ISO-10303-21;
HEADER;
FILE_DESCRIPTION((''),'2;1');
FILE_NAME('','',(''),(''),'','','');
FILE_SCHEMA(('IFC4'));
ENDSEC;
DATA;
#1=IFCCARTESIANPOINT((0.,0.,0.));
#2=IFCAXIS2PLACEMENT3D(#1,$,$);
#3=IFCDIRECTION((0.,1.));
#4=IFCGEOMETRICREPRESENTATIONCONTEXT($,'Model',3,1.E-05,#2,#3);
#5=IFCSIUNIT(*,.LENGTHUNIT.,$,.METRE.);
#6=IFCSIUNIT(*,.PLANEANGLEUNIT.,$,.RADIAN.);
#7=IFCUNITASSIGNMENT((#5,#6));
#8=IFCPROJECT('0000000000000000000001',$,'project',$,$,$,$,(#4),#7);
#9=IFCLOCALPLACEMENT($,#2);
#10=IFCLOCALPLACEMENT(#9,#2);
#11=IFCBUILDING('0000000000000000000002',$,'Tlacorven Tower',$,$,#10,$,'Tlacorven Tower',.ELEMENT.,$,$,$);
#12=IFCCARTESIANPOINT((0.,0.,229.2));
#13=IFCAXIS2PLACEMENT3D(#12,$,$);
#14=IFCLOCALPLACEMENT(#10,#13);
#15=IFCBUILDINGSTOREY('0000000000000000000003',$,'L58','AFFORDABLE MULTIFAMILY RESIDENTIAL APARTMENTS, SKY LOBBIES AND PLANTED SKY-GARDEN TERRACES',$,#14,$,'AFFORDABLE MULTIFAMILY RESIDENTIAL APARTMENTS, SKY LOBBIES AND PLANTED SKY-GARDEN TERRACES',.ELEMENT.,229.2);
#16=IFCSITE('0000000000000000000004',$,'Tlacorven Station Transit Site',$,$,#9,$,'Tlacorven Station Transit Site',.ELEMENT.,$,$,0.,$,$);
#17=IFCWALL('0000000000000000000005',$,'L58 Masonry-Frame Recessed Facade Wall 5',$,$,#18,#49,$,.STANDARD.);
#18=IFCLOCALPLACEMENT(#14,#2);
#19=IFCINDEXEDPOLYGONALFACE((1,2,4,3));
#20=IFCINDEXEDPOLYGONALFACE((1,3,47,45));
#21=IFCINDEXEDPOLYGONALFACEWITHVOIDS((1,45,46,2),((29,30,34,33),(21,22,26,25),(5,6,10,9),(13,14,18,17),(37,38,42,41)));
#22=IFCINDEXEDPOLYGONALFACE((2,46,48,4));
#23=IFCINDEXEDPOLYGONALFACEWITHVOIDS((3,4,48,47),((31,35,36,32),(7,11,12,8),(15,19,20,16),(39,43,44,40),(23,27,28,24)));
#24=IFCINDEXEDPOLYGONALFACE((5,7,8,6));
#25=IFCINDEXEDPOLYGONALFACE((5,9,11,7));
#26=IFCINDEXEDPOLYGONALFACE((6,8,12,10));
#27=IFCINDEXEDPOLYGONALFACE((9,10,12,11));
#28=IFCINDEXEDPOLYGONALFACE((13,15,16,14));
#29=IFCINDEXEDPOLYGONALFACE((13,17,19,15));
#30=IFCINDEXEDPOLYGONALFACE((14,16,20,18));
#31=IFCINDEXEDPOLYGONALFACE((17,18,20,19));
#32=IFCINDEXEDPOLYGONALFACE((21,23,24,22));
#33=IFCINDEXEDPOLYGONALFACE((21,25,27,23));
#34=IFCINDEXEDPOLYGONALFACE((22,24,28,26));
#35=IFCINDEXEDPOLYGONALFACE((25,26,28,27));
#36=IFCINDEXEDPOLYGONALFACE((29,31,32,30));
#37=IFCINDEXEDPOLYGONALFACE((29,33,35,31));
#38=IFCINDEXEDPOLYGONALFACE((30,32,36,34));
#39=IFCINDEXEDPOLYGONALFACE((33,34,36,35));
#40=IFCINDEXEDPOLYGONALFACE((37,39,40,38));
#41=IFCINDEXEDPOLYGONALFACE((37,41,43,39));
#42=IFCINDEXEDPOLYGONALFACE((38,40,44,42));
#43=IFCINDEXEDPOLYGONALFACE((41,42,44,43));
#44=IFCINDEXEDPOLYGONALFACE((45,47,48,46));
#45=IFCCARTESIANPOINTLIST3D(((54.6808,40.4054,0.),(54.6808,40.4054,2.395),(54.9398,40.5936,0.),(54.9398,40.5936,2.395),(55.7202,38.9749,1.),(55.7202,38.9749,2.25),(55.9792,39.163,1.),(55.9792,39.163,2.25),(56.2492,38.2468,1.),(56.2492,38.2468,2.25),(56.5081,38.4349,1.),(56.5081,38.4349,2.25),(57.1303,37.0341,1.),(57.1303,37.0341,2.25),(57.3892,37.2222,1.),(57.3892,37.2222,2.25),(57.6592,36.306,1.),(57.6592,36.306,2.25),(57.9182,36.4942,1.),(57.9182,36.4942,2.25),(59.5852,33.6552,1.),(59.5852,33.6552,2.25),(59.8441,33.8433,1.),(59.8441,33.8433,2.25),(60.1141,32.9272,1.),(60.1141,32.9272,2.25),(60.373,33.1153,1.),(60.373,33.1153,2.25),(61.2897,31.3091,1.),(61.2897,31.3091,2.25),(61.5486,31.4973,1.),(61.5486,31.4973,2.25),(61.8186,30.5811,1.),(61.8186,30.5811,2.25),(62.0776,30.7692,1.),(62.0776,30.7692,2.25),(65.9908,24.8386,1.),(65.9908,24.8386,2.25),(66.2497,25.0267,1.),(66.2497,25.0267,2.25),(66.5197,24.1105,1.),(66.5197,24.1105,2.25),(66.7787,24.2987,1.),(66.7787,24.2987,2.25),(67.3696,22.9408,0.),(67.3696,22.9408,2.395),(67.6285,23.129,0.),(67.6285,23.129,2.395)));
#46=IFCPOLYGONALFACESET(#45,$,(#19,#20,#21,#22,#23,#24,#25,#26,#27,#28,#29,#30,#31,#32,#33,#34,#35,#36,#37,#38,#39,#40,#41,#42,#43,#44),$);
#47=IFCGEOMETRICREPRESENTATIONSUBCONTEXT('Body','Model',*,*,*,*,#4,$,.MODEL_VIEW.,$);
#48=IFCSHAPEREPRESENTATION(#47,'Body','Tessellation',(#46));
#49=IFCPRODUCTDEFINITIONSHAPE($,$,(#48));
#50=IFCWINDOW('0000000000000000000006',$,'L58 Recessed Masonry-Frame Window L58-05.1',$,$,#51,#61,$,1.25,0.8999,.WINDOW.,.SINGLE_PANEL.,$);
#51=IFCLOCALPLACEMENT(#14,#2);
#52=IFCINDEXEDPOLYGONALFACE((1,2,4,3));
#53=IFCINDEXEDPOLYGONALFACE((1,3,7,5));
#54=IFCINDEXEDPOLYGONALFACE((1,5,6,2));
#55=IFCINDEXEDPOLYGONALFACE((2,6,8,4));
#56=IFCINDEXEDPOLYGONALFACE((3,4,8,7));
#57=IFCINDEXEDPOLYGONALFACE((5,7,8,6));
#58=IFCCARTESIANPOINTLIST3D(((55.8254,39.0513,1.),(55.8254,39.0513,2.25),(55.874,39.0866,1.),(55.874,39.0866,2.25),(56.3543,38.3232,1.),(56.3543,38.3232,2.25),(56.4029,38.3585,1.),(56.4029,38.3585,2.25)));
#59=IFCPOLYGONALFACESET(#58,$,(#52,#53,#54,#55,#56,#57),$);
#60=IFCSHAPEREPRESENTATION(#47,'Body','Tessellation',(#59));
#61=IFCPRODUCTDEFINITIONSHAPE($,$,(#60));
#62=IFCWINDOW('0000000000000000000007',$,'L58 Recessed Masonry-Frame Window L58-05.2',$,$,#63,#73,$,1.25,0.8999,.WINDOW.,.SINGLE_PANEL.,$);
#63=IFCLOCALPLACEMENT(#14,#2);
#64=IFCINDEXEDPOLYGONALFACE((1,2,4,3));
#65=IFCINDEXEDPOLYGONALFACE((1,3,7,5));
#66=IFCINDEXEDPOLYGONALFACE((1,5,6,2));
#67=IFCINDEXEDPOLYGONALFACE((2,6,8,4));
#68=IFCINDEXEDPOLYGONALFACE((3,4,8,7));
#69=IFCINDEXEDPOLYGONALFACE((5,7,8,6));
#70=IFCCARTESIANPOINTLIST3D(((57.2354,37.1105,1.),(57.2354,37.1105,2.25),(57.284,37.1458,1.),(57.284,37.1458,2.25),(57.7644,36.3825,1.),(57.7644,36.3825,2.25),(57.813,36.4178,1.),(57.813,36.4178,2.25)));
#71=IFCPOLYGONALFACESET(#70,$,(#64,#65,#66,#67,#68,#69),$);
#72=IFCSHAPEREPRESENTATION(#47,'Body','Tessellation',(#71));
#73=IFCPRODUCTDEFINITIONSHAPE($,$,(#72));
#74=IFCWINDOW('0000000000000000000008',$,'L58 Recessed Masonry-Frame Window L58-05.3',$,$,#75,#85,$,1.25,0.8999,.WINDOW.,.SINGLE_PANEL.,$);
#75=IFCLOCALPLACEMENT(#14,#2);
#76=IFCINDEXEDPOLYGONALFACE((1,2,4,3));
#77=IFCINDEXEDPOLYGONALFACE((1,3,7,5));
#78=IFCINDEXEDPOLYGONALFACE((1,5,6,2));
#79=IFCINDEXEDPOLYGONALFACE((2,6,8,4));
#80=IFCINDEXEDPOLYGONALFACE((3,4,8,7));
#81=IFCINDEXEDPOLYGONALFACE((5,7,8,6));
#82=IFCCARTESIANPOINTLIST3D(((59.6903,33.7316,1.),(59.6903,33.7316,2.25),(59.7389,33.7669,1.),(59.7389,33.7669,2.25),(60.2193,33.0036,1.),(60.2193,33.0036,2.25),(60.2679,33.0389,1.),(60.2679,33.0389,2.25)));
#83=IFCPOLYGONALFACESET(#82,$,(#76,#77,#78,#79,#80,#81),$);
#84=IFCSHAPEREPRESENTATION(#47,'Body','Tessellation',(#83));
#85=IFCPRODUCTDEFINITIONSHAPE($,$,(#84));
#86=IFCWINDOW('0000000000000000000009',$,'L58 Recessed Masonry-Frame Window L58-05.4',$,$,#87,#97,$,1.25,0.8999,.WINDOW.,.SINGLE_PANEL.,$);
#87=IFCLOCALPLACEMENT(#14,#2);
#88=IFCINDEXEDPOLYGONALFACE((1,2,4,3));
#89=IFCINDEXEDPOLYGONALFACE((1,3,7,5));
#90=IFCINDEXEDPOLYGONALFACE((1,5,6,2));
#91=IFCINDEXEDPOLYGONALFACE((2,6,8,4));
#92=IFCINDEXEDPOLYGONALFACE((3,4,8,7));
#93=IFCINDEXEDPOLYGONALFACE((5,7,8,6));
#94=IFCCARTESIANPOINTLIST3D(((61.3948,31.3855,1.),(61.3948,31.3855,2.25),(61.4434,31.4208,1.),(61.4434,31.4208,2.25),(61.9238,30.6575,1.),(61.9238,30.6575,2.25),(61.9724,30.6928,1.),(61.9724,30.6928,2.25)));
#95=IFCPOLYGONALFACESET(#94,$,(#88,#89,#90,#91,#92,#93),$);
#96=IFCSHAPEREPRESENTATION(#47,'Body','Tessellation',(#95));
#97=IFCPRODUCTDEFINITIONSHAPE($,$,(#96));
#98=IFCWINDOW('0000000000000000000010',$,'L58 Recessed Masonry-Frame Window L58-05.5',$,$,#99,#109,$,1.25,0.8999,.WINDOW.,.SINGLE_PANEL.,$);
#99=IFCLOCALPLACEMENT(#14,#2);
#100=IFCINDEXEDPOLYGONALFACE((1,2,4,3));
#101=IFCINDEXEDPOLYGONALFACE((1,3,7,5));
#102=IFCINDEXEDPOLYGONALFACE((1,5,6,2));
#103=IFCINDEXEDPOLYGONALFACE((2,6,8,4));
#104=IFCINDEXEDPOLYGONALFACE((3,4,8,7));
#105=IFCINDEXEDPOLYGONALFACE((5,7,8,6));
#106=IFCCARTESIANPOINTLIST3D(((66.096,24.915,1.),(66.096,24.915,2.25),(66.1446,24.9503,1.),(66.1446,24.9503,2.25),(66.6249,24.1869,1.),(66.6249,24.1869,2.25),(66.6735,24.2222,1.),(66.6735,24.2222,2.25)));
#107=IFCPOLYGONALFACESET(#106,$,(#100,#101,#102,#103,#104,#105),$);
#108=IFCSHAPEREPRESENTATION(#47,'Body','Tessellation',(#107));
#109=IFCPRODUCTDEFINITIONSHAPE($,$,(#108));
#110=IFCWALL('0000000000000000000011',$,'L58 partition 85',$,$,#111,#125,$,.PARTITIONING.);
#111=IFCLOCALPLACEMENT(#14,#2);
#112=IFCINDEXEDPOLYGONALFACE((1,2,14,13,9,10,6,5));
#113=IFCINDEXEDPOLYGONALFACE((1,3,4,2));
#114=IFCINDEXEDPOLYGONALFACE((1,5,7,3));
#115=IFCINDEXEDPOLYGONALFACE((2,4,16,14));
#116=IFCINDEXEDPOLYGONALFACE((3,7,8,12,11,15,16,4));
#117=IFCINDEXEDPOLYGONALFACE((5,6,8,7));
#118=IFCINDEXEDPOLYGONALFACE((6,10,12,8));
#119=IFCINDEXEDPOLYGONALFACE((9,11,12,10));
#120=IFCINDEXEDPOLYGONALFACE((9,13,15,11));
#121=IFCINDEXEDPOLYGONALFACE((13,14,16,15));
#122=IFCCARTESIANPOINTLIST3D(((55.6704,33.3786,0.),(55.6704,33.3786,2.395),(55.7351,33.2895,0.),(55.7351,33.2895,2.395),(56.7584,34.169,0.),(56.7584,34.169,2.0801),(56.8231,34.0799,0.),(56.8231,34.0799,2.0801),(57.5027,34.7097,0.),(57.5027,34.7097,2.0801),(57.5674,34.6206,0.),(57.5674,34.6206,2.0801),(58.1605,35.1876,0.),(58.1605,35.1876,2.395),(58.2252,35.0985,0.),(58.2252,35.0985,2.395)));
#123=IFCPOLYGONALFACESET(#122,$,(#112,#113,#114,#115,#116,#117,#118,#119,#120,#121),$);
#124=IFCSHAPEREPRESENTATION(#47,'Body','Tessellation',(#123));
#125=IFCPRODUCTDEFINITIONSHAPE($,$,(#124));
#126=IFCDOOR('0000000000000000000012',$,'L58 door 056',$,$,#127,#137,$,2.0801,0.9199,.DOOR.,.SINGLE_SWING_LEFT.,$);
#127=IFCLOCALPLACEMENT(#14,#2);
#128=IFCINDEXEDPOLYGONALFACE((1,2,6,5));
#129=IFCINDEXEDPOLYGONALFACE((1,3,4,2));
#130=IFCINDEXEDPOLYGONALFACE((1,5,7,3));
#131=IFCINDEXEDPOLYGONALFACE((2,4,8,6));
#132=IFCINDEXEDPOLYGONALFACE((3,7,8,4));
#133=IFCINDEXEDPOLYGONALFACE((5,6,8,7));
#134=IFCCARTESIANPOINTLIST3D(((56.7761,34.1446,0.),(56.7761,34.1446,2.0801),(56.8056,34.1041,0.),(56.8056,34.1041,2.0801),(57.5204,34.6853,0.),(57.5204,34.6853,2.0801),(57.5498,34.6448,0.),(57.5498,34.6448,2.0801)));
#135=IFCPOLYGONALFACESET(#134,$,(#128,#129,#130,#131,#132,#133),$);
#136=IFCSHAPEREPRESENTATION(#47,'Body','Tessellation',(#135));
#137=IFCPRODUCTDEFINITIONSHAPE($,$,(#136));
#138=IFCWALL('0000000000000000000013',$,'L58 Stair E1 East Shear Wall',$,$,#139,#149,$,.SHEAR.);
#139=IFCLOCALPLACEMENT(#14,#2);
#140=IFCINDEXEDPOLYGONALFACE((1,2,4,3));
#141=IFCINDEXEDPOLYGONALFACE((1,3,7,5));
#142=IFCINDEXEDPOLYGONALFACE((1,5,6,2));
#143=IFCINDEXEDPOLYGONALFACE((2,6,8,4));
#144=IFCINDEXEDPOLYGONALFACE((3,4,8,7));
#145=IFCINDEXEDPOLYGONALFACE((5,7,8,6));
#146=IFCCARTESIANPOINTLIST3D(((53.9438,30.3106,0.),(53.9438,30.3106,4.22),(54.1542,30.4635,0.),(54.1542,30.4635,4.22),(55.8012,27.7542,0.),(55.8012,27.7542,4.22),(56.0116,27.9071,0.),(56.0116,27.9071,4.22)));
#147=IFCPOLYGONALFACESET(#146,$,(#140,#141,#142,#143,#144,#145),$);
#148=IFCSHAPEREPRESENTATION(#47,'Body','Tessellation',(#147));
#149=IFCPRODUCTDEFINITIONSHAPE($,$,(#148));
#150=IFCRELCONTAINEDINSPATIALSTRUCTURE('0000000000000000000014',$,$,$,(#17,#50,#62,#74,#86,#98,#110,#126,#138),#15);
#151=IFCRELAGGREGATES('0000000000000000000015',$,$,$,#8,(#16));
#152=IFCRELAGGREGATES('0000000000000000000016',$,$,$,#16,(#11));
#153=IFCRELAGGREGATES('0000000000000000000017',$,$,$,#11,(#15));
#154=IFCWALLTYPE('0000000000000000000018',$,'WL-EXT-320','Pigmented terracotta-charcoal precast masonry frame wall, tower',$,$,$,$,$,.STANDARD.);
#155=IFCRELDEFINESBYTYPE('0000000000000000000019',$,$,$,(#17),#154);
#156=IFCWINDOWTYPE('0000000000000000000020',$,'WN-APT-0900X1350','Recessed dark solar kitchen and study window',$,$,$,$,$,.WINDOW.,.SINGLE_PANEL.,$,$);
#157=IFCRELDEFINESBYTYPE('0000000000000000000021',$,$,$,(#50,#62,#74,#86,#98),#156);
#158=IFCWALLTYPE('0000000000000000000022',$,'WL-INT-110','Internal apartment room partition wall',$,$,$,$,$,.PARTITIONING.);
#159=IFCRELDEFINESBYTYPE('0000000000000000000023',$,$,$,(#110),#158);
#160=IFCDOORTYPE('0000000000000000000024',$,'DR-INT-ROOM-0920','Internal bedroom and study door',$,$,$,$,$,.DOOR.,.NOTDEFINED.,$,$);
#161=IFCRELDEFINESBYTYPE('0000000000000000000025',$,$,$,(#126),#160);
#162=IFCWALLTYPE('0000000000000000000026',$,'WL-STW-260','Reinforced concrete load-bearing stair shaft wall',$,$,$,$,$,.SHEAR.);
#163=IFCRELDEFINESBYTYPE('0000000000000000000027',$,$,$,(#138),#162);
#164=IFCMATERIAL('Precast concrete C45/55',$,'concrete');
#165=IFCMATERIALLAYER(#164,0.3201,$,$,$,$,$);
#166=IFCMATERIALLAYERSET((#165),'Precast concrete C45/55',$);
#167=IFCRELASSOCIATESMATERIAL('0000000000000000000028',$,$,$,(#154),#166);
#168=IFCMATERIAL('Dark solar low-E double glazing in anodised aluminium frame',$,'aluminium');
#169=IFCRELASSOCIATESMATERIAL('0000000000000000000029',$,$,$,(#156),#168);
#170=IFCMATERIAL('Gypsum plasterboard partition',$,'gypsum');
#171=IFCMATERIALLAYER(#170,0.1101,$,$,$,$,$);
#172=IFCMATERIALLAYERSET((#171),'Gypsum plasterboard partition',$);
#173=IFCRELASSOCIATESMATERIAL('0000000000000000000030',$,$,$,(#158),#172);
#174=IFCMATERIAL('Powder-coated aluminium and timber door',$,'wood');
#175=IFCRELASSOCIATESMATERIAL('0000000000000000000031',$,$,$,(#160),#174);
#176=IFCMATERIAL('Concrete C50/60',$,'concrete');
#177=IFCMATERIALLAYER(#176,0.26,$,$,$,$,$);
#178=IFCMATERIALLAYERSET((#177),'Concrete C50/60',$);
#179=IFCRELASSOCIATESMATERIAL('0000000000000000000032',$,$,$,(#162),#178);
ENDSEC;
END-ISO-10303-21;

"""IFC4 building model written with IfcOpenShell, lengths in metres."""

from ifc_helpers import new_model, si_unit, direction, frame, frame_2d, origin, place, context, subcontext, project, spatial, rectangle, extrude, source, transform, mapped, material, layer, layer_set, type_object, element, fill, save


model = new_model("IFC4")

# Units and contexts
model_context = context("Model", 3, precision=1e-05, world=origin(), true_north=direction((0.0, 1.0)))
body_context = subcontext(model_context, "Body", "Model", "MODEL_VIEW")
ifc_project = project(units=[si_unit("LENGTHUNIT", "METRE"), si_unit("PLANEANGLEUNIT", "RADIAN")], contexts=[model_context])

# Site, building, storey
site_placement = place(None, origin())
site = spatial("IfcSite", under=ifc_project, at=site_placement, Name="Tlacorven Station Transit Site", LongName="Tlacorven Station Transit Site", CompositionType="ELEMENT", RefElevation=0.0)
building_placement = place(site_placement, origin())
building = spatial("IfcBuilding", under=site, at=building_placement, Name="Tlacorven Tower", LongName="Tlacorven Tower", CompositionType="ELEMENT")
storey_placement = place(building_placement, frame((0.0, 0.0, 229.2)))
storey = spatial("IfcBuildingStorey", under=building, at=storey_placement, Name="L58", Description="AFFORDABLE MULTIFAMILY RESIDENTIAL APARTMENTS, SKY LOBBIES AND PLANTED SKY-GARDEN TERRACES", LongName="AFFORDABLE MULTIFAMILY RESIDENTIAL APARTMENTS, SKY LOBBIES AND PLANTED SKY-GARDEN TERRACES", CompositionType="ELEMENT", Elevation=229.2)

# Wall, openings, windows
ifc_material_1 = material(Name="Precast concrete C45/55", Category="concrete")
ifc_layer_1 = layer(ifc_material_1, 0.3201)
ifc_layer_set_1 = layer_set([ifc_layer_1], Name="Precast concrete C45/55")
wall_type_1 = type_object("IfcWallType", Name="WL-EXT-320", Description="Pigmented terracotta-charcoal precast masonry frame wall, tower", PredefinedType="STANDARD", material=ifc_layer_set_1)
wall_1_placement = place(storey_placement, frame((54.8103, 40.4995, 0.0), z_axis=(0.0, 0.0, 1.0), x_axis=(0.587784, -0.809018, 0.0)))
wall_1 = element("IfcWall", 1, at=wall_1_placement, inside=storey, type_object=wall_type_1, Name="L58 Masonry-Frame Recessed Facade Wall 5", PredefinedType="STANDARD", context=body_context, shape_type="SweptSolid", body=[
    extrude(rectangle(XDim=21.5874, YDim=0.3201, at=frame_2d((10.7937, 0.0))), origin(), (0.0, 0.0, 1.0), 2.395),
])
opening_1_placement = place(wall_1_placement, frame((1.7683, 0.0, 1.0)))
opening_1 = element("IfcOpeningElement", 2, at=opening_1_placement, cuts=wall_1, PredefinedType="OPENING", context=body_context, shape_type="SweptSolid", body=[
    extrude(rectangle(XDim=0.8999, YDim=1.25, at=frame_2d((0.45, 0.625))), frame((0.0, 0.1699, 0.0), z_axis=(0.0, -1.0, 0.0), x_axis=(1.0, 0.0, 0.0)), (0.0, 0.0, 1.0), 0.3401),
])
opening_2_placement = place(wall_1_placement, frame((4.1672, 0.0, 1.0)))
opening_2 = element("IfcOpeningElement", 3, at=opening_2_placement, cuts=wall_1, PredefinedType="OPENING", context=body_context, shape_type="SweptSolid", body=[
    extrude(rectangle(XDim=0.8999, YDim=1.25, at=frame_2d((0.45, 0.625))), frame((0.0, 0.1699, 0.0), z_axis=(0.0, -1.0, 0.0), x_axis=(1.0, 0.0, 0.0)), (0.0, 0.0, 1.0), 0.3401),
])
opening_3_placement = place(wall_1_placement, frame((8.3438, 0.0, 1.0)))
opening_3 = element("IfcOpeningElement", 4, at=opening_3_placement, cuts=wall_1, PredefinedType="OPENING", context=body_context, shape_type="SweptSolid", body=[
    extrude(rectangle(XDim=0.8999, YDim=1.25, at=frame_2d((0.45, 0.625))), frame((0.0, 0.1699, 0.0), z_axis=(0.0, -1.0, 0.0), x_axis=(1.0, 0.0, 0.0)), (0.0, 0.0, 1.0), 0.3401),
])
opening_4_placement = place(wall_1_placement, frame((11.2437, 0.0, 1.0)))
opening_4 = element("IfcOpeningElement", 5, at=opening_4_placement, cuts=wall_1, PredefinedType="OPENING", context=body_context, shape_type="SweptSolid", body=[
    extrude(rectangle(XDim=0.8999, YDim=1.25, at=frame_2d((0.45, 0.625))), frame((0.0, 0.1699, 0.0), z_axis=(0.0, -1.0, 0.0), x_axis=(1.0, 0.0, 0.0)), (0.0, 0.0, 1.0), 0.3401),
])
opening_5_placement = place(wall_1_placement, frame((19.2417, 0.0, 1.0)))
opening_5 = element("IfcOpeningElement", 6, at=opening_5_placement, cuts=wall_1, PredefinedType="OPENING", context=body_context, shape_type="SweptSolid", body=[
    extrude(rectangle(XDim=0.8999, YDim=1.25, at=frame_2d((0.45, 0.625))), frame((0.0, 0.1699, 0.0), z_axis=(0.0, -1.0, 0.0), x_axis=(1.0, 0.0, 0.0)), (0.0, 0.0, 1.0), 0.3401),
])
ifc_material_2 = material(Name="Dark solar low-E double glazing in anodised aluminium frame", Category="aluminium")
window_type = type_object("IfcWindowType", Name="WN-APT-0900X1350", Description="Recessed dark solar kitchen and study window", PartitioningType="SINGLE_PANEL", PredefinedType="WINDOW", material=ifc_material_2)
shared_shape_1 = source(origin(), body_context, "Body", "SweptSolid", [
    extrude(rectangle(XDim=0.8999, YDim=1.25, at=frame_2d((0.45, 0.625))), frame((0.0, 0.03, 0.0), z_axis=(0.0, -1.0, 0.0), x_axis=(1.0, 0.0, 0.0)), (0.0, 0.0, 1.0), 0.0601),
])
window_1_placement = place(opening_1_placement, origin())
window_1 = element("IfcWindow", 7, at=window_1_placement, inside=storey, type_object=window_type, Name="L58 Recessed Masonry-Frame Window L58-05.1", OverallHeight=1.25, OverallWidth=0.8999, PartitioningType="SINGLE_PANEL", PredefinedType="WINDOW", context=body_context, shape_type="MappedRepresentation", body=[
    mapped(shared_shape_1, transform((0.0, 0.0, 0.0), scale=1.0)),
])
fill(opening_1, window_1)
window_2_placement = place(opening_2_placement, origin())
window_2 = element("IfcWindow", 8, at=window_2_placement, inside=storey, type_object=window_type, Name="L58 Recessed Masonry-Frame Window L58-05.2", OverallHeight=1.25, OverallWidth=0.8999, PartitioningType="SINGLE_PANEL", PredefinedType="WINDOW", context=body_context, shape_type="MappedRepresentation", body=[
    mapped(shared_shape_1, transform((0.0, 0.0, 0.0), scale=1.0)),
])
fill(opening_2, window_2)
window_3_placement = place(opening_3_placement, origin())
window_3 = element("IfcWindow", 9, at=window_3_placement, inside=storey, type_object=window_type, Name="L58 Recessed Masonry-Frame Window L58-05.3", OverallHeight=1.25, OverallWidth=0.8999, PartitioningType="SINGLE_PANEL", PredefinedType="WINDOW", context=body_context, shape_type="MappedRepresentation", body=[
    mapped(shared_shape_1, transform((0.0, 0.0, 0.0), scale=1.0)),
])
fill(opening_3, window_3)
window_4_placement = place(opening_4_placement, origin())
window_4 = element("IfcWindow", 10, at=window_4_placement, inside=storey, type_object=window_type, Name="L58 Recessed Masonry-Frame Window L58-05.4", OverallHeight=1.25, OverallWidth=0.8999, PartitioningType="SINGLE_PANEL", PredefinedType="WINDOW", context=body_context, shape_type="MappedRepresentation", body=[
    mapped(shared_shape_1, transform((0.0, 0.0, 0.0), scale=1.0)),
])
fill(opening_4, window_4)
window_5_placement = place(opening_5_placement, origin())
window_5 = element("IfcWindow", 11, at=window_5_placement, inside=storey, type_object=window_type, Name="L58 Recessed Masonry-Frame Window L58-05.5", OverallHeight=1.25, OverallWidth=0.8999, PartitioningType="SINGLE_PANEL", PredefinedType="WINDOW", context=body_context, shape_type="MappedRepresentation", body=[
    mapped(shared_shape_1, transform((0.0, 0.0, 0.0), scale=1.0)),
])
fill(opening_5, window_5)

# Wall, opening, door
ifc_material_3 = material(Name="Gypsum plasterboard partition", Category="gypsum")
ifc_layer_2 = layer(ifc_material_3, 0.1101)
ifc_layer_set_2 = layer_set([ifc_layer_2], Name="Gypsum plasterboard partition")
wall_type_2 = type_object("IfcWallType", Name="WL-INT-110", Description="Internal apartment room partition wall", PredefinedType="PARTITIONING", material=ifc_layer_set_2)
wall_2_placement = place(storey_placement, frame((55.7026, 33.334, 0.0), z_axis=(0.0, 0.0, 1.0), x_axis=(0.809045, 0.587747, 0.0)))
wall_2 = element("IfcWall", 12, at=wall_2_placement, inside=storey, type_object=wall_type_2, Name="L58 partition 85", PredefinedType="PARTITIONING", context=body_context, shape_type="SweptSolid", body=[
    extrude(rectangle(XDim=3.0779, YDim=0.1101, at=frame_2d((1.5391, 0.0))), origin(), (0.0, 0.0, 1.0), 2.395),
])
opening_6_placement = place(wall_2_placement, frame((1.345, 0.0, 0.0)))
opening_6 = element("IfcOpeningElement", 13, at=opening_6_placement, cuts=wall_2, PredefinedType="OPENING", context=body_context, shape_type="SweptSolid", body=[
    extrude(rectangle(XDim=0.9199, YDim=2.0801, at=frame_2d((0.46, 1.04))), frame((0.0, 0.0649, 0.0), z_axis=(0.0, -1.0, 0.0), x_axis=(1.0, 0.0, 0.0)), (0.0, 0.0, 1.0), 0.1301),
])
ifc_material_4 = material(Name="Powder-coated aluminium and timber door", Category="wood")
door_type = type_object("IfcDoorType", Name="DR-INT-ROOM-0920", Description="Internal bedroom and study door", OperationType="NOTDEFINED", PredefinedType="DOOR", material=ifc_material_4)
shared_shape_2 = source(origin(), body_context, "Body", "SweptSolid", [
    extrude(rectangle(XDim=0.9199, YDim=2.0801, at=frame_2d((0.46, 1.04))), frame((0.0, 0.0249, 0.0), z_axis=(0.0, -1.0, 0.0), x_axis=(1.0, 0.0, 0.0)), (0.0, 0.0, 1.0), 0.05),
])
door_placement = place(opening_6_placement, origin())
door = element("IfcDoor", 14, at=door_placement, inside=storey, type_object=door_type, Name="L58 door 056", OperationType="SINGLE_SWING_LEFT", OverallHeight=2.0801, OverallWidth=0.9199, PredefinedType="DOOR", context=body_context, shape_type="MappedRepresentation", body=[
    mapped(shared_shape_2, transform((0.0, 0.0, 0.0), scale=1.0)),
])
fill(opening_6, door)

# Wall
ifc_material_5 = material(Name="Concrete C50/60", Category="concrete")
ifc_layer_3 = layer(ifc_material_5, 0.26)
ifc_layer_set_3 = layer_set([ifc_layer_3], Name="Concrete C50/60")
wall_type_3 = type_object("IfcWallType", Name="WL-STW-260", Description="Reinforced concrete load-bearing stair shaft wall", PredefinedType="SHEAR", material=ifc_layer_set_3)
wall_3_placement = place(storey_placement, frame((55.9065, 27.8306, 0.0), z_axis=(0.0, 0.0, 1.0), x_axis=(-0.587804, 0.809003, 0.0)))
element("IfcWall", 15, at=wall_3_placement, inside=storey, type_object=wall_type_3, Name="L58 Stair E1 East Shear Wall", PredefinedType="SHEAR", context=body_context, shape_type="SweptSolid", body=[
    extrude(rectangle(XDim=3.1599, YDim=0.26, at=frame_2d((1.5801, 0.0))), origin(), (0.0, 0.0, 1.0), 4.22),
])

save(model, "model.ifc")
